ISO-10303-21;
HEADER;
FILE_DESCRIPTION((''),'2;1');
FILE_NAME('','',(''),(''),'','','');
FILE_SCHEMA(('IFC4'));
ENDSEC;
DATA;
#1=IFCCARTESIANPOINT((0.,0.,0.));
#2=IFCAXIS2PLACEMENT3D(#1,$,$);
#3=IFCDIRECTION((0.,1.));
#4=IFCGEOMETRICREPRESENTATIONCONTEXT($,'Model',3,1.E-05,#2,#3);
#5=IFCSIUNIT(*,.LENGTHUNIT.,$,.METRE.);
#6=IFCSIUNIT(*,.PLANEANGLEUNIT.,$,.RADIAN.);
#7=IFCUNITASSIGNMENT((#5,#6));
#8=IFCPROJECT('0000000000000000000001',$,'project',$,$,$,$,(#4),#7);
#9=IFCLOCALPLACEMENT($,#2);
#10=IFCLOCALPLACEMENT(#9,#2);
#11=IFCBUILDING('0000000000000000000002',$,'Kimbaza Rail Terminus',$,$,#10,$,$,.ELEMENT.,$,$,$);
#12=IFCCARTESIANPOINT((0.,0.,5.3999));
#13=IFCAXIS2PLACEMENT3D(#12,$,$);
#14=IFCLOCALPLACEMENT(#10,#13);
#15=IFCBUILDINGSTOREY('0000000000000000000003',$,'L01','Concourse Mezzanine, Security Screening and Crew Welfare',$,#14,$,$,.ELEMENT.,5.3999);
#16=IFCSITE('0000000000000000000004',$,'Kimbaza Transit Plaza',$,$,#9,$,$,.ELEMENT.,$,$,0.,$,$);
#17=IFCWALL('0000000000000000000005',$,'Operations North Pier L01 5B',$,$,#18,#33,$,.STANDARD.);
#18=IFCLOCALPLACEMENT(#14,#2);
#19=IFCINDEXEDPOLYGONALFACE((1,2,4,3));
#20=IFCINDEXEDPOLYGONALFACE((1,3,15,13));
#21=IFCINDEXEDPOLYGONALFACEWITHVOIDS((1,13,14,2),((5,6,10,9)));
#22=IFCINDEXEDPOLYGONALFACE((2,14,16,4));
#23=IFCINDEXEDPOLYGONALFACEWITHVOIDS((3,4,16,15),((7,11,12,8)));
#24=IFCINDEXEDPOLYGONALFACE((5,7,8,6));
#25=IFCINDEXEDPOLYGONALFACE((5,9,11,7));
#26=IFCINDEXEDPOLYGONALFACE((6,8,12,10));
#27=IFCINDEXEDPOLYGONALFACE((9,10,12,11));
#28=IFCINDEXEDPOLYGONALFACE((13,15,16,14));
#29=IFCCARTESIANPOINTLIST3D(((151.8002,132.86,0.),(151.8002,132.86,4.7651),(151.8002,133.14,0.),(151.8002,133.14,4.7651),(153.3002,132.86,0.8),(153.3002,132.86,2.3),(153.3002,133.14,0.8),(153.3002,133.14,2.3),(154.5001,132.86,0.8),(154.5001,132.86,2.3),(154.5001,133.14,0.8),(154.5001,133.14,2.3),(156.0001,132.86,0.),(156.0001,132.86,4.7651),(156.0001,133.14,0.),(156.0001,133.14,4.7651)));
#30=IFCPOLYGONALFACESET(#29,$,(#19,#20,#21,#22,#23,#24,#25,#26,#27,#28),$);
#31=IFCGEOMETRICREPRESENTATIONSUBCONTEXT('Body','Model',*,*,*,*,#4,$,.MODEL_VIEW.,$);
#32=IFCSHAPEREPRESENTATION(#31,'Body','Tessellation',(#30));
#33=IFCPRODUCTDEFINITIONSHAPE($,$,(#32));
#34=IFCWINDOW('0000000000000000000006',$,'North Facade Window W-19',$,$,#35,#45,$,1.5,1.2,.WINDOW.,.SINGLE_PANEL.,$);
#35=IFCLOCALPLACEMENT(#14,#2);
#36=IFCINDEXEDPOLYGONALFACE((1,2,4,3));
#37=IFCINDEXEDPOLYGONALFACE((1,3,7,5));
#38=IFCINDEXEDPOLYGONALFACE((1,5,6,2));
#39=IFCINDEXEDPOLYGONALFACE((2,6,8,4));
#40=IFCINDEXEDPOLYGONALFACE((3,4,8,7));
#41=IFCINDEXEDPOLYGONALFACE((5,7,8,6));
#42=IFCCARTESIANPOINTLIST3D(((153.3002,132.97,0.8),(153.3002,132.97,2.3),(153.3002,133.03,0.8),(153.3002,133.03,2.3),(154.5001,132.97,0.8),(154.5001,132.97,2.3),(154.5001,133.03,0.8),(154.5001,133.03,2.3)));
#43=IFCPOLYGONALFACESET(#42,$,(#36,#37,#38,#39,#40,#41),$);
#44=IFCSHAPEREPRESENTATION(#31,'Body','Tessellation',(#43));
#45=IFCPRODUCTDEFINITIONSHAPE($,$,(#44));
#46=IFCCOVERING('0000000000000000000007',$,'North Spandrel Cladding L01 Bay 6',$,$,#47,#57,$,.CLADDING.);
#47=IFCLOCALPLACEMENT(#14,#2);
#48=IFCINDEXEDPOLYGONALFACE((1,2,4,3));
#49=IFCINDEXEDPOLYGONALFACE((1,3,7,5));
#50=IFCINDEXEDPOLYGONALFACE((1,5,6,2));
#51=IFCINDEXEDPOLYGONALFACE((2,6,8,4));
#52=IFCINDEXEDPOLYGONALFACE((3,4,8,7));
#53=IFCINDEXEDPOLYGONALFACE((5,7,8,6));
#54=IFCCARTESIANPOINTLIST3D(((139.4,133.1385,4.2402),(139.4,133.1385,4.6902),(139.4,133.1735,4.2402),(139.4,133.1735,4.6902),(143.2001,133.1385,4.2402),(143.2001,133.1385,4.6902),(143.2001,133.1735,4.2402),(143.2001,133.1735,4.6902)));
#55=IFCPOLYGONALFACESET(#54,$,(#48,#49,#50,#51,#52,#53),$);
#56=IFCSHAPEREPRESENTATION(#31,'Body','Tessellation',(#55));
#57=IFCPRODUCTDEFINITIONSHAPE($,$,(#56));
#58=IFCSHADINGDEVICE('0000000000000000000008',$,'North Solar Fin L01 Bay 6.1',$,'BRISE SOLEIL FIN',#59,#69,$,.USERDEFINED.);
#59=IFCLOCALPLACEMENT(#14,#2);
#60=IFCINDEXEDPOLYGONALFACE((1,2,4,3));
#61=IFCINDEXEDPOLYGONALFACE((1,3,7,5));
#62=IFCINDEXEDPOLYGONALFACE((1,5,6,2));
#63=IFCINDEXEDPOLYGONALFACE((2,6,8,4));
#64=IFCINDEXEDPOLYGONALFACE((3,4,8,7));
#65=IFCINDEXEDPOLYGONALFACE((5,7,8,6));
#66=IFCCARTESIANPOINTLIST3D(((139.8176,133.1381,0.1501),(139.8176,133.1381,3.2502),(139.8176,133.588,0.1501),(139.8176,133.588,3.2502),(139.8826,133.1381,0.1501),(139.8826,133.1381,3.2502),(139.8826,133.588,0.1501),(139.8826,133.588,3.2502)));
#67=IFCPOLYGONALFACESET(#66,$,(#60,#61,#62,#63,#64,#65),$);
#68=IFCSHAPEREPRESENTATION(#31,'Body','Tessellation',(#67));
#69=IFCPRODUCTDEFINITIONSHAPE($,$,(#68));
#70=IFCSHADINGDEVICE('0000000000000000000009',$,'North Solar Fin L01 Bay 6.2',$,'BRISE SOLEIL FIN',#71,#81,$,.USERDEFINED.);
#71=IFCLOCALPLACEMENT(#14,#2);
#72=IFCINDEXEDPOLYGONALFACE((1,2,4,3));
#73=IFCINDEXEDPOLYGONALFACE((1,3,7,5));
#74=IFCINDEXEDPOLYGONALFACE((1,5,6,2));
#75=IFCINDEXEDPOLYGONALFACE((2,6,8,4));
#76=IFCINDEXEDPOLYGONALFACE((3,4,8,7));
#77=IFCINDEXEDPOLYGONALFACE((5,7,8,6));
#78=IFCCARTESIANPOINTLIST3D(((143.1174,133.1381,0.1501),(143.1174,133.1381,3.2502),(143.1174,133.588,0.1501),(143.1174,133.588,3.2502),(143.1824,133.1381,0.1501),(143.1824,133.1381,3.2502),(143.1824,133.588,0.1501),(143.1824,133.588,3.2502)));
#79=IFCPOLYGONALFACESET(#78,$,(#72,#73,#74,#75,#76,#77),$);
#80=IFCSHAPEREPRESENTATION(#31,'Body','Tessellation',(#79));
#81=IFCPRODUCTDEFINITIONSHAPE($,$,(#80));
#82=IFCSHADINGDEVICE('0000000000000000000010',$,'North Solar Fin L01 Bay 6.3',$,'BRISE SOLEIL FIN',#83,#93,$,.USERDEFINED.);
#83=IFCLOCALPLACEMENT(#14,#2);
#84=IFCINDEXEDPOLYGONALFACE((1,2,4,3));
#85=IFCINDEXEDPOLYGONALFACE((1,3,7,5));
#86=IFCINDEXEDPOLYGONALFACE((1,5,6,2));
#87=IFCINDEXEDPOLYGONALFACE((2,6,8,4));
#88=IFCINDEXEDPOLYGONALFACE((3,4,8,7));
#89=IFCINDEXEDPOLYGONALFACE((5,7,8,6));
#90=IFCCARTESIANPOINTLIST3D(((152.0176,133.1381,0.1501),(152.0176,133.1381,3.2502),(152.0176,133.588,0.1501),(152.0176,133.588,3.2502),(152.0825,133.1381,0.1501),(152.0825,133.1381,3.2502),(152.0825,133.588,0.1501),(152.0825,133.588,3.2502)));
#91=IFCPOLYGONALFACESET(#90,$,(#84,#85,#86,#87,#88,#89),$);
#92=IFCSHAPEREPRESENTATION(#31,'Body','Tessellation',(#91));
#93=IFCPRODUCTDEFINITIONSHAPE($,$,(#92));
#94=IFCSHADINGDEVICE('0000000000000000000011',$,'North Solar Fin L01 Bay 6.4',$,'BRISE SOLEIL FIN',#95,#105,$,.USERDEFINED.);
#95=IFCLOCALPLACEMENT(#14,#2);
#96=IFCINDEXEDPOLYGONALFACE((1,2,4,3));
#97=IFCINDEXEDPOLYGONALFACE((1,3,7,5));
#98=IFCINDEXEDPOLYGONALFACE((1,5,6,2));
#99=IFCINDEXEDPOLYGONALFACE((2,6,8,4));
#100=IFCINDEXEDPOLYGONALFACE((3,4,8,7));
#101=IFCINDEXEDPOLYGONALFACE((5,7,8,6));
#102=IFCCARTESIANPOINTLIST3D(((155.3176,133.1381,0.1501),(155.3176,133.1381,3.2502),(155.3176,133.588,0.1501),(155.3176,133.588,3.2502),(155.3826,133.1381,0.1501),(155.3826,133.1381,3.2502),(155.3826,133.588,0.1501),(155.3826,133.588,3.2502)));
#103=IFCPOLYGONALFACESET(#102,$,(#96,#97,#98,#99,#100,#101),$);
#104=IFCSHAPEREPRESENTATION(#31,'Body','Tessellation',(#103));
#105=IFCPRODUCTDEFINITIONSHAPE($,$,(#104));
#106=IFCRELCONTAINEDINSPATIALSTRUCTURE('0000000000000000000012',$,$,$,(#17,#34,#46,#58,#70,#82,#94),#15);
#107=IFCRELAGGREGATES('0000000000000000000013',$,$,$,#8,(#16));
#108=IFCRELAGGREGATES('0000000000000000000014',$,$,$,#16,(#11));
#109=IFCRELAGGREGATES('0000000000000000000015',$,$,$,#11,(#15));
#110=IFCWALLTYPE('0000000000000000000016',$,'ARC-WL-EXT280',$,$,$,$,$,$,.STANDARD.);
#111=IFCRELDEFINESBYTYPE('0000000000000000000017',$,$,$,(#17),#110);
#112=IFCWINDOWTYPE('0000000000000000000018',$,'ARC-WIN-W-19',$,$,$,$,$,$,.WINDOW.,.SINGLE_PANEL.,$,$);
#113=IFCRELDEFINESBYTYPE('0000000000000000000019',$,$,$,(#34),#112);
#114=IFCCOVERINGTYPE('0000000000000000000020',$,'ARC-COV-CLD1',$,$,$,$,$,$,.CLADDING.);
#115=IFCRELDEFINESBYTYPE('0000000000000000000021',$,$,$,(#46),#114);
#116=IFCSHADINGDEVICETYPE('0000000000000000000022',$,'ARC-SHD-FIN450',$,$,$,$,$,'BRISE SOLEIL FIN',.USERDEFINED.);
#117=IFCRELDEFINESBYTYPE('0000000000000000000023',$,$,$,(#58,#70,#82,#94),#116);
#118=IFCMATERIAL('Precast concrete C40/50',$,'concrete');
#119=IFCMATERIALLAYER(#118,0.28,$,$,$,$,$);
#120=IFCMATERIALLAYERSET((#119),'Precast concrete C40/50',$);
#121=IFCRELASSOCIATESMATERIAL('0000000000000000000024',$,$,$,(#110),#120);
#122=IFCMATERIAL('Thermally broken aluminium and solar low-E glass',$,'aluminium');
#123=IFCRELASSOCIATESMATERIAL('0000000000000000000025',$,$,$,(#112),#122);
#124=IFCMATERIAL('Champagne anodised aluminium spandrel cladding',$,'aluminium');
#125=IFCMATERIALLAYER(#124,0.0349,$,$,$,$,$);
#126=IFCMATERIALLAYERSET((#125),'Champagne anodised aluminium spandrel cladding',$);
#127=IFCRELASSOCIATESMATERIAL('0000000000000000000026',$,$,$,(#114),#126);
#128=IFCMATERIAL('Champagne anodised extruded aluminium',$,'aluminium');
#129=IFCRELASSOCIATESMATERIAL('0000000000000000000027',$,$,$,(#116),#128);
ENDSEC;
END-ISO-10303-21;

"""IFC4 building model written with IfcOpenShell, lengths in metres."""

from ifc_helpers import new_model, si_unit, direction, frame, frame_2d, origin, origin_2d, place, context, subcontext, project, spatial, rectangle, extrude, material, layer, layer_set, type_object, element, fill, save


model = new_model("IFC4")

# Units and contexts
model_context = context("Model", 3, precision=1e-05, world=origin(), true_north=direction((0.0, 1.0)))
body_context = subcontext(model_context, "Body", "Model", "MODEL_VIEW")
ifc_project = project(units=[si_unit("LENGTHUNIT", "METRE"), si_unit("PLANEANGLEUNIT", "RADIAN")], contexts=[model_context])

# Site, building, storey
site_placement = place(None, origin())
site = spatial("IfcSite", under=ifc_project, at=site_placement, Name="Kimbaza Transit Plaza", CompositionType="ELEMENT", RefElevation=0.0)
building_placement = place(site_placement, origin())
building = spatial("IfcBuilding", under=site, at=building_placement, Name="Kimbaza Rail Terminus", CompositionType="ELEMENT")
storey_placement = place(building_placement, frame((0.0, 0.0, 5.3999)))
storey = spatial("IfcBuildingStorey", under=building, at=storey_placement, Name="L01", Description="Concourse Mezzanine, Security Screening and Crew Welfare", CompositionType="ELEMENT", Elevation=5.3999)

# Wall, opening, window
ifc_material_1 = material(Name="Precast concrete C40/50", Category="concrete")
ifc_layer_1 = layer(ifc_material_1, 0.28)
ifc_layer_set_1 = layer_set([ifc_layer_1], Name="Precast concrete C40/50")
wall_type = type_object("IfcWallType", Name="ARC-WL-EXT280", PredefinedType="STANDARD", material=ifc_layer_set_1)
wall_1_placement = place(storey_placement, frame((151.8, 133.0, 0.0), z_axis=(0.0, 0.0, 1.0), x_axis=(1.0, 0.0, 0.0)))
wall_1 = element("IfcWall", 1, at=wall_1_placement, inside=storey, type_object=wall_type, Name="Operations North Pier L01 5B", PredefinedType="STANDARD", context=body_context, shape_type="SweptSolid", body=[
    extrude(rectangle(XDim=4.2, YDim=0.28, at=frame_2d((2.1001, 0.0))), origin(), (0.0, 0.0, 1.0), 4.7651),
])
opening_1_placement = place(wall_1_placement, frame((1.5, 0.0, 0.8)))
opening_1 = element("IfcOpeningElement", 2, at=opening_1_placement, cuts=wall_1, PredefinedType="OPENING", context=body_context, shape_type="SweptSolid", body=[
    extrude(rectangle(XDim=1.2, YDim=1.5, at=frame_2d((0.6001, 0.75))), frame((0.0, 0.1499, 0.0), z_axis=(0.0, -1.0, 0.0), x_axis=(1.0, 0.0, 0.0)), (0.0, 0.0, 1.0), 0.3),
])
ifc_material_2 = material(Name="Thermally broken aluminium and solar low-E glass", Category="aluminium")
window_type_1 = type_object("IfcWindowType", Name="ARC-WIN-W-19", PartitioningType="SINGLE_PANEL", PredefinedType="WINDOW", material=ifc_material_2)
window_1_placement = place(opening_1_placement, origin())
window_1 = element("IfcWindow", 3, at=window_1_placement, inside=storey, type_object=window_type_1, Name="North Facade Window W-19", OverallHeight=1.5, OverallWidth=1.2, PartitioningType="SINGLE_PANEL", PredefinedType="WINDOW", context=body_context, shape_type="SweptSolid", body=[
    extrude(rectangle(XDim=1.2, YDim=1.5, at=frame_2d((0.6001, 0.75))), frame((0.0, 0.03, 0.0), z_axis=(0.0, -1.0, 0.0), x_axis=(1.0, 0.0, 0.0)), (0.0, 0.0, 1.0), 0.0601),
])
fill(opening_1, window_1)

# Covering
ifc_material_3 = material(Name="Champagne anodised aluminium spandrel cladding", Category="aluminium")
ifc_layer_2 = layer(ifc_material_3, 0.0349)
ifc_layer_set_2 = layer_set([ifc_layer_2], Name="Champagne anodised aluminium spandrel cladding")
covering_type = type_object("IfcCoveringType", Name="ARC-COV-CLD1", PredefinedType="CLADDING", material=ifc_layer_set_2)
covering_placement = place(storey_placement, frame((141.3, 133.156, 4.2402), z_axis=(0.0, 0.0, 1.0), x_axis=(1.0, 0.0, 0.0)))
element("IfcCovering", 4, at=covering_placement, inside=storey, type_object=covering_type, Name="North Spandrel Cladding L01 Bay 6", PredefinedType="CLADDING", context=body_context, shape_type="SweptSolid", body=[
    extrude(rectangle(XDim=3.8, YDim=0.0349, at=origin_2d()), origin(), (0.0, 0.0, 1.0), 0.45),
])

# Shading devices
ifc_material_4 = material(Name="Champagne anodised extruded aluminium", Category="aluminium")
shading_device_type = type_object("IfcShadingDeviceType", Name="ARC-SHD-FIN450", ElementType="BRISE SOLEIL FIN", PredefinedType="USERDEFINED", material=ifc_material_4)
for number, where, z_axis, x_axis, name in (
    (5, (139.8501, 133.363, 0.1501), (0.0, 0.0, 1.0), (1.0, 0.0, 0.0), "North Solar Fin L01 Bay 6.1"),
    (6, (143.1499, 133.363, 0.1501), (0.0, 0.0, 1.0), (1.0, 0.0, 0.0), "North Solar Fin L01 Bay 6.2"),
    (7, (152.05, 133.363, 0.1501), (0.0, 0.0, 1.0), (1.0, 0.0, 0.0), "North Solar Fin L01 Bay 6.3"),
    (8, (155.3501, 133.363, 0.1501), (0.0, 0.0, 1.0), (1.0, 0.0, 0.0), "North Solar Fin L01 Bay 6.4"),
):
    element("IfcShadingDevice", number, at=place(storey_placement, frame(where, z_axis=z_axis, x_axis=x_axis)), inside=storey, type_object=shading_device_type, Name=name, ObjectType="BRISE SOLEIL FIN", PredefinedType="USERDEFINED", context=body_context, shape_type="SweptSolid", body=[
        extrude(rectangle(XDim=0.0649, YDim=0.45, at=origin_2d()), origin(), (0.0, 0.0, 1.0), 3.1001),
    ])

save(model, "model.ifc")
